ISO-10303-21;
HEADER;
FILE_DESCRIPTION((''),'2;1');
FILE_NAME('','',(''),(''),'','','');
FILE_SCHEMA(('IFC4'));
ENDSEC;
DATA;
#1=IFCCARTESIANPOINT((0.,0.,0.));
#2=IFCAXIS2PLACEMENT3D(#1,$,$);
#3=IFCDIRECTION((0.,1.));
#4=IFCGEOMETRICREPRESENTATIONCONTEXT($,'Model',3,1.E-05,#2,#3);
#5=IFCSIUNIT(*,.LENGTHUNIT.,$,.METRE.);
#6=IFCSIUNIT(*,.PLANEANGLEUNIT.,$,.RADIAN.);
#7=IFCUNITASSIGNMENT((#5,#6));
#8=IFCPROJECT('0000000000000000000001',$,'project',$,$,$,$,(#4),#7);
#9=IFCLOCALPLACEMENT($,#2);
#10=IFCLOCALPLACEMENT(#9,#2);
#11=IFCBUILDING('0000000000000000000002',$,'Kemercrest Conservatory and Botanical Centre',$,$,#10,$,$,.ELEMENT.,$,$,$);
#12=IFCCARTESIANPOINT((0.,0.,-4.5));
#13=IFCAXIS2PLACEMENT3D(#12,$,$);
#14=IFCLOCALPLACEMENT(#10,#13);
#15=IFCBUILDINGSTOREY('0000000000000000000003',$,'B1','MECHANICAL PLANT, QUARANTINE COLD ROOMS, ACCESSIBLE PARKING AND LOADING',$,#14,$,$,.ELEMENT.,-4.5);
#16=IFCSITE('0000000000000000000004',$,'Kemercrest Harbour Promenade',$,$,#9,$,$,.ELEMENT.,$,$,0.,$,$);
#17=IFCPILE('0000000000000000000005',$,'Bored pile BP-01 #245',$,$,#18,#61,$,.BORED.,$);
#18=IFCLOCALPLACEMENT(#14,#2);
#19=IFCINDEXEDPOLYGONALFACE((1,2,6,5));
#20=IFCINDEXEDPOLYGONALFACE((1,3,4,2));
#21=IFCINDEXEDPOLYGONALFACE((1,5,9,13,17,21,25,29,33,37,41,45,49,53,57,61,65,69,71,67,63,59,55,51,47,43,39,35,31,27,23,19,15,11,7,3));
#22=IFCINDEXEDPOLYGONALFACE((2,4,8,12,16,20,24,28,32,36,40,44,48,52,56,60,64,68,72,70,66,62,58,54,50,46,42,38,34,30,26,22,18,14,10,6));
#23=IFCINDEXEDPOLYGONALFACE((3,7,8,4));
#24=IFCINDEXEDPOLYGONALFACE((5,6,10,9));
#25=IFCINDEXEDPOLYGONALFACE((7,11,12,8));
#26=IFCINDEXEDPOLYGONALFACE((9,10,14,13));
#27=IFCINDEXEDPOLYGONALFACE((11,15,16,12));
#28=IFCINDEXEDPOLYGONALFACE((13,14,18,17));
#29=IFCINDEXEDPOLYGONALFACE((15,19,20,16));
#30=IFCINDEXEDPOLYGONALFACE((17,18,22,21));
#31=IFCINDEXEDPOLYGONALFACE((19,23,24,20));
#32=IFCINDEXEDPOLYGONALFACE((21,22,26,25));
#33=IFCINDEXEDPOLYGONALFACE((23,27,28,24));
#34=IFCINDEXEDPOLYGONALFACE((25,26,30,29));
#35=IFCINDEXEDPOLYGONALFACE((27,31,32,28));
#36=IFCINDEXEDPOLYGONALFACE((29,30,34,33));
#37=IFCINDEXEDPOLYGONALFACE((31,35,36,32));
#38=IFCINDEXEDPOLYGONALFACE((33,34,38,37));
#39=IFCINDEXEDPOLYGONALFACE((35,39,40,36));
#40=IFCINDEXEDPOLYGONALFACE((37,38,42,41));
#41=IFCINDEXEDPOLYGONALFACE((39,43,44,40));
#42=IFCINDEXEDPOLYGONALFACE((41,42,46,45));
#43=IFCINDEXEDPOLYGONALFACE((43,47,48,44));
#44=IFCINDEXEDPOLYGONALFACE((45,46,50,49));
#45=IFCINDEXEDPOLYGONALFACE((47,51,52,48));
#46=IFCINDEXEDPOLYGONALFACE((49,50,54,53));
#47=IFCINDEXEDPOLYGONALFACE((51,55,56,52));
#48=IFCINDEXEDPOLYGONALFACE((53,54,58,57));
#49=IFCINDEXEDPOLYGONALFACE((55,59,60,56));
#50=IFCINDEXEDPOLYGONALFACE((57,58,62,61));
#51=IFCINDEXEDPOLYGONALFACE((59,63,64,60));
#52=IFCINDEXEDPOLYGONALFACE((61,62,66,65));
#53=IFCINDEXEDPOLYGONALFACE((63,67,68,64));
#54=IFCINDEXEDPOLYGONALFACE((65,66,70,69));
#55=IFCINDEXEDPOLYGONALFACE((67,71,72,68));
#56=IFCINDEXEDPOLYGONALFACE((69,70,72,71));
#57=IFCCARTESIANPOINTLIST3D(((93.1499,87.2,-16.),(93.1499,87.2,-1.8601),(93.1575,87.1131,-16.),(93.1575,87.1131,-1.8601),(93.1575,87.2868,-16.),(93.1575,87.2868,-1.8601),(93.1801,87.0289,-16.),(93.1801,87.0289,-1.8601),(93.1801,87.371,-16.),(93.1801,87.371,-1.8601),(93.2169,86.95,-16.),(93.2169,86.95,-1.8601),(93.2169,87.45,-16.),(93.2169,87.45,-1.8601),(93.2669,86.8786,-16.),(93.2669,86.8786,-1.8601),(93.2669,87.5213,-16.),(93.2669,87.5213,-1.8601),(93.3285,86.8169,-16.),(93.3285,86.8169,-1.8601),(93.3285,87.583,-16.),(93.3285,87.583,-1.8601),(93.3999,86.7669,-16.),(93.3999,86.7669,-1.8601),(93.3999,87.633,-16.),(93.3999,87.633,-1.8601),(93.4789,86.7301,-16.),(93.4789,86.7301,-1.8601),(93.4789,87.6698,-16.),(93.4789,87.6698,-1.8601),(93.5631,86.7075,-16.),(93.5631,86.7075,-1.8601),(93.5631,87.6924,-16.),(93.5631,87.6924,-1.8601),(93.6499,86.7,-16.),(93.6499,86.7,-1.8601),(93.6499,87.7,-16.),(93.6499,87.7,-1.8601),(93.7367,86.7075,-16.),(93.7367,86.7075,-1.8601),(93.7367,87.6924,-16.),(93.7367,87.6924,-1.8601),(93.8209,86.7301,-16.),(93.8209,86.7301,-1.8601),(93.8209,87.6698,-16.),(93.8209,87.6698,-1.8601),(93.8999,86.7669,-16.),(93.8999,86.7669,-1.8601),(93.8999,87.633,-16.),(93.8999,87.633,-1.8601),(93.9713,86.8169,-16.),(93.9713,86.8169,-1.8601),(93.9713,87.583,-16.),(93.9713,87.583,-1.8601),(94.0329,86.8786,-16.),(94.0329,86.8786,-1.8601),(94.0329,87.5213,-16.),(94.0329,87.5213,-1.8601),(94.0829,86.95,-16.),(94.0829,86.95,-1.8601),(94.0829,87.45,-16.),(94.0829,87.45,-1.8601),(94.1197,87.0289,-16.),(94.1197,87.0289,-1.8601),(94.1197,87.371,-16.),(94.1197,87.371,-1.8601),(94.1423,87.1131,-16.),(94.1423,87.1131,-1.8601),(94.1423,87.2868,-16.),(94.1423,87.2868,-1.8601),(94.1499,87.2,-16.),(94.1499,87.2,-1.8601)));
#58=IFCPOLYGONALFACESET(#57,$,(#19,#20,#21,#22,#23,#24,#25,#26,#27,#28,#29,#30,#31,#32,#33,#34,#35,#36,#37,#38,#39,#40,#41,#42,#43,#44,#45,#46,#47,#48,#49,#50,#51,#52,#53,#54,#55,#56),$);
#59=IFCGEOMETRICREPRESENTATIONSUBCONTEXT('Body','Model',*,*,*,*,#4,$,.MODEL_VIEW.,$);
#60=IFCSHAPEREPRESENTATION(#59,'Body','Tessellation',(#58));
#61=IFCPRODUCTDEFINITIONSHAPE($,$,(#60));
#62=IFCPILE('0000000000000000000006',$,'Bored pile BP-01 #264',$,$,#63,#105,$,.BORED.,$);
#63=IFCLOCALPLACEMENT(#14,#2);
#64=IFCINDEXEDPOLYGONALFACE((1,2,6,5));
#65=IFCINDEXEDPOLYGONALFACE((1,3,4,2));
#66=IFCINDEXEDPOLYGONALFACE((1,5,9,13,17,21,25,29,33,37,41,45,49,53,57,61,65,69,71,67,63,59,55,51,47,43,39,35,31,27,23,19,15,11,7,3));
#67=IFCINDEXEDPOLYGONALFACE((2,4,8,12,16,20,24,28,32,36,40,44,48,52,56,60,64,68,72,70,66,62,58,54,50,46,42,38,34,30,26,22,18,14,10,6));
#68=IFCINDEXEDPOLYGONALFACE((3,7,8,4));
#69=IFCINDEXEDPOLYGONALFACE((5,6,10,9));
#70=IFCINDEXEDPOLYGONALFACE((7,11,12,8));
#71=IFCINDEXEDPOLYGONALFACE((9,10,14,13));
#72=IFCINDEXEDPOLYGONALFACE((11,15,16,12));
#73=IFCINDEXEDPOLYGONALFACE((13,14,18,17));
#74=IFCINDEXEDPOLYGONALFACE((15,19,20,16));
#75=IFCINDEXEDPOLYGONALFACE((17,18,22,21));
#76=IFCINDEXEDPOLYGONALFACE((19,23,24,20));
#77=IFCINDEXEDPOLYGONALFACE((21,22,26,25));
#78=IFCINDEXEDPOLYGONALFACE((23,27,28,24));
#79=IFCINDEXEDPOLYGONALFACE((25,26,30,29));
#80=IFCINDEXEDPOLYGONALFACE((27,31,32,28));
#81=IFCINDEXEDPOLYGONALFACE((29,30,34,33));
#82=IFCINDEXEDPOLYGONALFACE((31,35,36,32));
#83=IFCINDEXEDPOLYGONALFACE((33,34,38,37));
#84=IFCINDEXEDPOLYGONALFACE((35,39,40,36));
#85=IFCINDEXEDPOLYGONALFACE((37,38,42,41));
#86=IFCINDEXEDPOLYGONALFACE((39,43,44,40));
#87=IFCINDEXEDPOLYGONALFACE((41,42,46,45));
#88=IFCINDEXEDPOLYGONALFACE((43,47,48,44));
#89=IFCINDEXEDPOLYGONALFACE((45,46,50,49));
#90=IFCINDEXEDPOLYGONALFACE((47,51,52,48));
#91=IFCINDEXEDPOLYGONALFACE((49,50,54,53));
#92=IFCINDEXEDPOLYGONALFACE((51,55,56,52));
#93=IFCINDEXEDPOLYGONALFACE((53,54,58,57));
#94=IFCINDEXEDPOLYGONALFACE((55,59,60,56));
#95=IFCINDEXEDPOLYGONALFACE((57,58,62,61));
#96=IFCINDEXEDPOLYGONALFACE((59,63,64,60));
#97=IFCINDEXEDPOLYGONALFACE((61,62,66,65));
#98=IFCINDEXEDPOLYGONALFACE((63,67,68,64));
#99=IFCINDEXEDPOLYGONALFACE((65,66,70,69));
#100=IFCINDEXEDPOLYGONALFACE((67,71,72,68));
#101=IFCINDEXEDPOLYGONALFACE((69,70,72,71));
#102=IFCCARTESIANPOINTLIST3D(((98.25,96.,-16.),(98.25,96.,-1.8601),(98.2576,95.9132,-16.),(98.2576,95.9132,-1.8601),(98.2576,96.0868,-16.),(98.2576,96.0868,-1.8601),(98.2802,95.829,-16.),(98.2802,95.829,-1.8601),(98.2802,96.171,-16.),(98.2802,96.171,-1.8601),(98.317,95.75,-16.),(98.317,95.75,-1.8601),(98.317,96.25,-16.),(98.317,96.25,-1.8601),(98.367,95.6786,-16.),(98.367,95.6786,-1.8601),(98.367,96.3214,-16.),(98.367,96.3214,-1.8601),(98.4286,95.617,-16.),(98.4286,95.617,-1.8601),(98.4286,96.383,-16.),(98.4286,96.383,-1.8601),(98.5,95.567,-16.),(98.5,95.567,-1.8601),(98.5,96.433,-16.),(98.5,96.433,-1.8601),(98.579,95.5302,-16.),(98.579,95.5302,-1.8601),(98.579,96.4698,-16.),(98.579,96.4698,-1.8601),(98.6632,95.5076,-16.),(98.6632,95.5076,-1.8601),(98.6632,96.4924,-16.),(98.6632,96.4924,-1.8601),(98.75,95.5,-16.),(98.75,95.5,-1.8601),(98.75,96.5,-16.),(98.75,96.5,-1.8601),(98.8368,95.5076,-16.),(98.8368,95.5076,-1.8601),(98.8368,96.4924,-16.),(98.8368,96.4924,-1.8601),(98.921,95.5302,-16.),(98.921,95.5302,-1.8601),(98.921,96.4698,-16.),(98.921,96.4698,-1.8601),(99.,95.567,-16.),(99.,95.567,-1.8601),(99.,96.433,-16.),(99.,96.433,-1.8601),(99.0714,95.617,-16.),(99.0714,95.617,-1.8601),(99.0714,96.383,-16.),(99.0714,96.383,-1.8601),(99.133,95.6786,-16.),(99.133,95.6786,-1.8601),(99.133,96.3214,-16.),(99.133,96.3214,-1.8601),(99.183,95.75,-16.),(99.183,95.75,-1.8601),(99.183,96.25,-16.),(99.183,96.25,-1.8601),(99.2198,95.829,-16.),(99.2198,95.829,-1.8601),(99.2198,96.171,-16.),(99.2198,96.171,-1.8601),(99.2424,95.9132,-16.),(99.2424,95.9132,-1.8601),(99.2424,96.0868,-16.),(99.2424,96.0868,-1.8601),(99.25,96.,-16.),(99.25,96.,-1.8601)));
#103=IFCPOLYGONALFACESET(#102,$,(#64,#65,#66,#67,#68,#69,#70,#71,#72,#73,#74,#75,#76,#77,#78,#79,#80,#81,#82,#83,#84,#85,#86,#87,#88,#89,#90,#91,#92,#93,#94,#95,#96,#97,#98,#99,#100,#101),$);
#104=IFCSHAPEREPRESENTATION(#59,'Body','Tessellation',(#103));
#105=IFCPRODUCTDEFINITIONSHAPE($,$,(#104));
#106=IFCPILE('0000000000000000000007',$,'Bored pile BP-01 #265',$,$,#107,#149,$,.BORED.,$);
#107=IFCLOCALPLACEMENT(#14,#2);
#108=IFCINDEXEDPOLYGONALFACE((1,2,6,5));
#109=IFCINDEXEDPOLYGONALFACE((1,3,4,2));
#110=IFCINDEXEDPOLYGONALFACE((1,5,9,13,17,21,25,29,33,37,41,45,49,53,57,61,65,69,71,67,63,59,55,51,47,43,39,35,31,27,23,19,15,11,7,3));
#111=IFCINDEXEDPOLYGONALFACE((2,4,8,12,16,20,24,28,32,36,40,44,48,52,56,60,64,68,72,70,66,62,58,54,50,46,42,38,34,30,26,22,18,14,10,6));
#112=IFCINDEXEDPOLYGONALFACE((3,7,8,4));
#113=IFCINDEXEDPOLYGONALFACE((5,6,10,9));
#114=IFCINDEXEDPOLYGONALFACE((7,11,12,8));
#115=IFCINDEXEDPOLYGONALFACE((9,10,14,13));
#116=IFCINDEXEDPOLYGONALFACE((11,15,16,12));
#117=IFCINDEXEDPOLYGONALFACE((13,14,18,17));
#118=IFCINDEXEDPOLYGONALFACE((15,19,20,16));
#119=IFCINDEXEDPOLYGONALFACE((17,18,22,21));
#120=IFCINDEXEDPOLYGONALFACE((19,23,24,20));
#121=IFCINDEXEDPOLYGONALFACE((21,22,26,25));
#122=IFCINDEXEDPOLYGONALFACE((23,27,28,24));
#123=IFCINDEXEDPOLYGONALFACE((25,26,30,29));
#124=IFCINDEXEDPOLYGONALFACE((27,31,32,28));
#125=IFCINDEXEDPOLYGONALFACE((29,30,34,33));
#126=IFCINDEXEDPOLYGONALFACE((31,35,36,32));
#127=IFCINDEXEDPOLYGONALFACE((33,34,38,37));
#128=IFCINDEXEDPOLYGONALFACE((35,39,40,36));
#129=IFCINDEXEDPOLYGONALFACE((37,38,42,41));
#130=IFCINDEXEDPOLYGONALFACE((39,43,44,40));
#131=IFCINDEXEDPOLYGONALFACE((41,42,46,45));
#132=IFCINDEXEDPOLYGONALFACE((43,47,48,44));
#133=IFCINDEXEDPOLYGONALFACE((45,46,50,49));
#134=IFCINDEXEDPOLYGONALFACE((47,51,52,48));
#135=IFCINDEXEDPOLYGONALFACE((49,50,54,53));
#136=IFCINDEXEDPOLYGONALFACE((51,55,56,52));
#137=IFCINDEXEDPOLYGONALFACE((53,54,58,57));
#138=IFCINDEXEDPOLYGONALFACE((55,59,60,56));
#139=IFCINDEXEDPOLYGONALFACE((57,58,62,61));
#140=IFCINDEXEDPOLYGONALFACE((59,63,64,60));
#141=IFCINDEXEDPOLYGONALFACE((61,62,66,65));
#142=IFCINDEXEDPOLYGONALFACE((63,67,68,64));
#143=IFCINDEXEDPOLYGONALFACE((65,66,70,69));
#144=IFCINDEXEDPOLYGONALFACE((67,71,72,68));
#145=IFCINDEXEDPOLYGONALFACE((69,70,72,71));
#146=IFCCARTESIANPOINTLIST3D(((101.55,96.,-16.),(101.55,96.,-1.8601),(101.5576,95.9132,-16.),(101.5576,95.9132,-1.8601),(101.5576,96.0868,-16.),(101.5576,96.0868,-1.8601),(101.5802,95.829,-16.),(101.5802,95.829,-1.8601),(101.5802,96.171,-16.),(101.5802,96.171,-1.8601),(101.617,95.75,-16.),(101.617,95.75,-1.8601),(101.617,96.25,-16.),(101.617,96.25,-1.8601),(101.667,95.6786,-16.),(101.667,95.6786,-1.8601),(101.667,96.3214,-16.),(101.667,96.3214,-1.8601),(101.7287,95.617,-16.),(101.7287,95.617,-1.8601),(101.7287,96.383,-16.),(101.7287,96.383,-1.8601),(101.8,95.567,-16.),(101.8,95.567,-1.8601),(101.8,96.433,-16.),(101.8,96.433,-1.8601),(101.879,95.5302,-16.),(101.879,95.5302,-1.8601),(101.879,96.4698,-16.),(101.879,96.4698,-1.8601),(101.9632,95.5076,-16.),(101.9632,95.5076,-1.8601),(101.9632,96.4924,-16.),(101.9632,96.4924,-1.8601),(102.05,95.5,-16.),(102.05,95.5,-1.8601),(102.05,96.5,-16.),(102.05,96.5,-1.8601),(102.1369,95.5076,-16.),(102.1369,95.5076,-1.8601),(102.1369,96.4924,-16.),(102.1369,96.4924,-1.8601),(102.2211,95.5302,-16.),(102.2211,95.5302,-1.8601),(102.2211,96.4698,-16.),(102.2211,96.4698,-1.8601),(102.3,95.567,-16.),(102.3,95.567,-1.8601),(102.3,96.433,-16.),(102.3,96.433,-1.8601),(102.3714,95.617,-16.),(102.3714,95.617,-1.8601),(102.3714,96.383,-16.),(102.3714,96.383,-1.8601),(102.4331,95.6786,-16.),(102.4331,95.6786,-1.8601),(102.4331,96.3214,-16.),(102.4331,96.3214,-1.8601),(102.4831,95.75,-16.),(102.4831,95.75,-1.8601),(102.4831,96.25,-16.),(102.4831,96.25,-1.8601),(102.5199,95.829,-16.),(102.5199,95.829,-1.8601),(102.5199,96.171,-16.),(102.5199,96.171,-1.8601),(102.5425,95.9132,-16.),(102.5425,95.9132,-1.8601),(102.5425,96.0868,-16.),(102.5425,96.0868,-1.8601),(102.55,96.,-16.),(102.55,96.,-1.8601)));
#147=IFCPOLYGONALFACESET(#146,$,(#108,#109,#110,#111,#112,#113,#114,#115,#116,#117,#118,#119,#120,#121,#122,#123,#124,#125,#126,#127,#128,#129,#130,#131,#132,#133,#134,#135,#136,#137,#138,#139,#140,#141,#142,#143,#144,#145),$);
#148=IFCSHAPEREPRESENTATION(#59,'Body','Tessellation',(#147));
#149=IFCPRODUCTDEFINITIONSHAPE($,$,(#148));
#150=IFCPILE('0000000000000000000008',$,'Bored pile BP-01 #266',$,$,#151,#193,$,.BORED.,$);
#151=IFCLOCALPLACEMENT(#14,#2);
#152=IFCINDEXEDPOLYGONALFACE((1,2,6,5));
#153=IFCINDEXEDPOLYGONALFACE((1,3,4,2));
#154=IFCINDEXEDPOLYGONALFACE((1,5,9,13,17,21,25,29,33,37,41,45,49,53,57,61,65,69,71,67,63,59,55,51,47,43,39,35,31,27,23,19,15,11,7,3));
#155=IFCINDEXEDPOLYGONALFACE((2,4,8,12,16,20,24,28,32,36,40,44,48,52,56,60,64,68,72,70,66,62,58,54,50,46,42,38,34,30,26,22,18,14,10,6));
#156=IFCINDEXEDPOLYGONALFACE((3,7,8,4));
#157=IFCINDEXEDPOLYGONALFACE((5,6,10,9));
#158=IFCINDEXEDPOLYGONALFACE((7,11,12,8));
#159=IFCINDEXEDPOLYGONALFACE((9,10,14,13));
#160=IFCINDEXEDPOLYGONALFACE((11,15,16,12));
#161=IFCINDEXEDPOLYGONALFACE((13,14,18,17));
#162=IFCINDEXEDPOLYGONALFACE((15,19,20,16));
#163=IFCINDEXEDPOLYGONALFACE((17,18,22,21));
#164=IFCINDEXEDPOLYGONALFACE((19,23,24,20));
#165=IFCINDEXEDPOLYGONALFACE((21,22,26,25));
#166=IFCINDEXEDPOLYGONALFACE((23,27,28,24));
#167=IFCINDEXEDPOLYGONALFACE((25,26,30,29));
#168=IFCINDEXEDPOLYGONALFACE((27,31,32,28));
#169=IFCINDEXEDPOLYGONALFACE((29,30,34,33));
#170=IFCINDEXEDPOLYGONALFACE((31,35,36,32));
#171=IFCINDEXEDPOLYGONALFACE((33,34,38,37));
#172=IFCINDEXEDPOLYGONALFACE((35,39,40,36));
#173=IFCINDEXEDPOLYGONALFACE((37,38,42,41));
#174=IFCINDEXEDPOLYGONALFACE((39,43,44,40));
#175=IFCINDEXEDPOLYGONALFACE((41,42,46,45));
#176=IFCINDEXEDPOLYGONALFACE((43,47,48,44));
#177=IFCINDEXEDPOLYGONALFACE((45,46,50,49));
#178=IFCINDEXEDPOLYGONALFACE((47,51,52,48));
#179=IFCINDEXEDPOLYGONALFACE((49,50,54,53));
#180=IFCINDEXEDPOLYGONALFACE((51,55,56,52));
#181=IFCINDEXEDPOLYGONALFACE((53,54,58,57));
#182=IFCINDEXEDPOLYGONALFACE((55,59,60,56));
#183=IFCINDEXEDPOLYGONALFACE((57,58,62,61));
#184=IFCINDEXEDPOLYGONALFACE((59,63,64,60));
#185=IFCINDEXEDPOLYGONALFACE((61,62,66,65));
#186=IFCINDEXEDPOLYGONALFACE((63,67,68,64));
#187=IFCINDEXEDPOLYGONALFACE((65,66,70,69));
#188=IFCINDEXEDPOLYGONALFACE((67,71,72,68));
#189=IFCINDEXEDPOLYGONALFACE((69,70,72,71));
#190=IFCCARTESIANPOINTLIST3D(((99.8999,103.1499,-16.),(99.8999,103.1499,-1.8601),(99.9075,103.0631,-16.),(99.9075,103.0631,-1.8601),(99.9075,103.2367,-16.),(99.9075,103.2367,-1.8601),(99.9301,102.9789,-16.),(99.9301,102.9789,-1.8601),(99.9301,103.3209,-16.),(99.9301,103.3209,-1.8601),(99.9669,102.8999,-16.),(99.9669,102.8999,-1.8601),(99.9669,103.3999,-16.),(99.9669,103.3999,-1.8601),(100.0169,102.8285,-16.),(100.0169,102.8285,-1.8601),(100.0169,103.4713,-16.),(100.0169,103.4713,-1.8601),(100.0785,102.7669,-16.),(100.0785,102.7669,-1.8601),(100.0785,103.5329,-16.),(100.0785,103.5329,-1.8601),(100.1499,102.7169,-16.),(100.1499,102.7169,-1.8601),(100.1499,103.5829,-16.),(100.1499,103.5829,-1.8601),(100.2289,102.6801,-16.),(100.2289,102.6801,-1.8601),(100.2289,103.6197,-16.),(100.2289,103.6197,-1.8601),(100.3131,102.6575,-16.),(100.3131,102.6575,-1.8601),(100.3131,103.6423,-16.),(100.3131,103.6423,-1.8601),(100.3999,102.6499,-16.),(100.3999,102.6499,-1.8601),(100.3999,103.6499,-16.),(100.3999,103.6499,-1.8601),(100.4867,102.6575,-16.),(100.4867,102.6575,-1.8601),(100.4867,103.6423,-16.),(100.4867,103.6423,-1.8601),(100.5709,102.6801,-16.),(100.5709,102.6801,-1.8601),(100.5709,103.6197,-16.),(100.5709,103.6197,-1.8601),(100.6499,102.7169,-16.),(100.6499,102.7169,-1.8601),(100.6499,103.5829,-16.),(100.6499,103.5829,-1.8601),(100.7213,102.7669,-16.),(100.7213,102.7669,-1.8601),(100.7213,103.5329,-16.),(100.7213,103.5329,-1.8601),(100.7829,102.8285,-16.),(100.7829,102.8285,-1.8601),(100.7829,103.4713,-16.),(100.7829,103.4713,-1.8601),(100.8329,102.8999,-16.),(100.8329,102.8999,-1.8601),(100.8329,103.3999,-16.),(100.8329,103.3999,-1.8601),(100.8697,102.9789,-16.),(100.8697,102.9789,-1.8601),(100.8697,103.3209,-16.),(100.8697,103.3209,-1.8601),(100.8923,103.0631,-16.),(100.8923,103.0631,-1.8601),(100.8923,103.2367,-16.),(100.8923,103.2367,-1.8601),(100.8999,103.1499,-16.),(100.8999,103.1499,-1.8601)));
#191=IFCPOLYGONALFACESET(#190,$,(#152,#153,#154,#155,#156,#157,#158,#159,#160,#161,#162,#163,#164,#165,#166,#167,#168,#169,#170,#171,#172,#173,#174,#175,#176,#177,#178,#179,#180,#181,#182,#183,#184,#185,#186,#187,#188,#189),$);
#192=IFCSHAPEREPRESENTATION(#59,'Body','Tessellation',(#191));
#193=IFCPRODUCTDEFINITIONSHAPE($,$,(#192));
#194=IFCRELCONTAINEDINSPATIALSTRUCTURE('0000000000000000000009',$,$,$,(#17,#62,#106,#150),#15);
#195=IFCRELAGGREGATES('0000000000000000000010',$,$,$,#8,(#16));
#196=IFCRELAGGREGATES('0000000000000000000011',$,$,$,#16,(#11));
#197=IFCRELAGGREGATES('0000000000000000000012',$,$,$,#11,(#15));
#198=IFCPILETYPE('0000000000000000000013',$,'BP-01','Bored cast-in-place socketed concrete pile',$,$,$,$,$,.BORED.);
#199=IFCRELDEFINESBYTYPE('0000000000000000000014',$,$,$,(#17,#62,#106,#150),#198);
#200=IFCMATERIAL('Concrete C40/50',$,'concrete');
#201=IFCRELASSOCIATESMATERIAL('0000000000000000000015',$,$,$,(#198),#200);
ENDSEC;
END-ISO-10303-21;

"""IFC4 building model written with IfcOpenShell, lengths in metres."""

from ifc_helpers import new_model, si_unit, direction, frame, origin, origin_2d, place, context, subcontext, project, spatial, circle, extrude, material, material_profile, profile_set, type_object, element, save


model = new_model("IFC4")

# Units and contexts
model_context = context("Model", 3, precision=1e-05, world=origin(), true_north=direction((0.0, 1.0)))
body_context = subcontext(model_context, "Body", "Model", "MODEL_VIEW")
ifc_project = project(units=[si_unit("LENGTHUNIT", "METRE"), si_unit("PLANEANGLEUNIT", "RADIAN")], contexts=[model_context])

# Site, building, storey
site_placement = place(None, origin())
site = spatial("IfcSite", under=ifc_project, at=site_placement, Name="Kemercrest Harbour Promenade", CompositionType="ELEMENT", RefElevation=0.0)
building_placement = place(site_placement, origin())
building = spatial("IfcBuilding", under=site, at=building_placement, Name="Kemercrest Conservatory and Botanical Centre", CompositionType="ELEMENT")
storey_placement = place(building_placement, frame((0.0, 0.0, -4.5)))
storey = spatial("IfcBuildingStorey", under=building, at=storey_placement, Name="B1", Description="MECHANICAL PLANT, QUARANTINE COLD ROOMS, ACCESSIBLE PARKING AND LOADING", CompositionType="ELEMENT", Elevation=-4.5)

# Piles
ifc_material_1 = material(Name="Concrete C40/50", Category="concrete")
ifc_material_profile_1 = material_profile(ifc_material_1, circle(Radius=0.5, at=origin_2d()), Name="BORED PILE 1000")
ifc_profile_set_1 = profile_set([ifc_material_profile_1], Name="Concrete C40/50")
pile_type_1 = type_object("IfcPileType", Name="BP-01", Description="Bored cast-in-place socketed concrete pile", PredefinedType="BORED", material=ifc_profile_set_1)
for number, where, z_axis, x_axis, name in (
    (1, (93.6499, 87.2, -1.8601), (0.0, 0.0, -1.0), (1.0, 0.0, 0.0), "Bored pile BP-01 #245"),
    (2, (98.75, 96.0, -1.8601), (0.0, 0.0, -1.0), (1.0, 0.0, 0.0), "Bored pile BP-01 #264"),
    (3, (102.05, 96.0, -1.8601), (0.0, 0.0, -1.0), (1.0, 0.0, 0.0), "Bored pile BP-01 #265"),
    (4, (100.3999, 103.1499, -1.8601), (0.0, 0.0, -1.0), (1.0, 0.0, 0.0), "Bored pile BP-01 #266"),
):
    element("IfcPile", number, at=place(storey_placement, frame(where, z_axis=z_axis, x_axis=x_axis)), inside=storey, type_object=pile_type_1, Name=name, PredefinedType="BORED", context=body_context, shape_type="SweptSolid", body=[
        extrude(circle(Radius=0.5, at=origin_2d()), origin(), (0.0, 0.0, 1.0), 14.1399),
    ])

save(model, "model.ifc")
